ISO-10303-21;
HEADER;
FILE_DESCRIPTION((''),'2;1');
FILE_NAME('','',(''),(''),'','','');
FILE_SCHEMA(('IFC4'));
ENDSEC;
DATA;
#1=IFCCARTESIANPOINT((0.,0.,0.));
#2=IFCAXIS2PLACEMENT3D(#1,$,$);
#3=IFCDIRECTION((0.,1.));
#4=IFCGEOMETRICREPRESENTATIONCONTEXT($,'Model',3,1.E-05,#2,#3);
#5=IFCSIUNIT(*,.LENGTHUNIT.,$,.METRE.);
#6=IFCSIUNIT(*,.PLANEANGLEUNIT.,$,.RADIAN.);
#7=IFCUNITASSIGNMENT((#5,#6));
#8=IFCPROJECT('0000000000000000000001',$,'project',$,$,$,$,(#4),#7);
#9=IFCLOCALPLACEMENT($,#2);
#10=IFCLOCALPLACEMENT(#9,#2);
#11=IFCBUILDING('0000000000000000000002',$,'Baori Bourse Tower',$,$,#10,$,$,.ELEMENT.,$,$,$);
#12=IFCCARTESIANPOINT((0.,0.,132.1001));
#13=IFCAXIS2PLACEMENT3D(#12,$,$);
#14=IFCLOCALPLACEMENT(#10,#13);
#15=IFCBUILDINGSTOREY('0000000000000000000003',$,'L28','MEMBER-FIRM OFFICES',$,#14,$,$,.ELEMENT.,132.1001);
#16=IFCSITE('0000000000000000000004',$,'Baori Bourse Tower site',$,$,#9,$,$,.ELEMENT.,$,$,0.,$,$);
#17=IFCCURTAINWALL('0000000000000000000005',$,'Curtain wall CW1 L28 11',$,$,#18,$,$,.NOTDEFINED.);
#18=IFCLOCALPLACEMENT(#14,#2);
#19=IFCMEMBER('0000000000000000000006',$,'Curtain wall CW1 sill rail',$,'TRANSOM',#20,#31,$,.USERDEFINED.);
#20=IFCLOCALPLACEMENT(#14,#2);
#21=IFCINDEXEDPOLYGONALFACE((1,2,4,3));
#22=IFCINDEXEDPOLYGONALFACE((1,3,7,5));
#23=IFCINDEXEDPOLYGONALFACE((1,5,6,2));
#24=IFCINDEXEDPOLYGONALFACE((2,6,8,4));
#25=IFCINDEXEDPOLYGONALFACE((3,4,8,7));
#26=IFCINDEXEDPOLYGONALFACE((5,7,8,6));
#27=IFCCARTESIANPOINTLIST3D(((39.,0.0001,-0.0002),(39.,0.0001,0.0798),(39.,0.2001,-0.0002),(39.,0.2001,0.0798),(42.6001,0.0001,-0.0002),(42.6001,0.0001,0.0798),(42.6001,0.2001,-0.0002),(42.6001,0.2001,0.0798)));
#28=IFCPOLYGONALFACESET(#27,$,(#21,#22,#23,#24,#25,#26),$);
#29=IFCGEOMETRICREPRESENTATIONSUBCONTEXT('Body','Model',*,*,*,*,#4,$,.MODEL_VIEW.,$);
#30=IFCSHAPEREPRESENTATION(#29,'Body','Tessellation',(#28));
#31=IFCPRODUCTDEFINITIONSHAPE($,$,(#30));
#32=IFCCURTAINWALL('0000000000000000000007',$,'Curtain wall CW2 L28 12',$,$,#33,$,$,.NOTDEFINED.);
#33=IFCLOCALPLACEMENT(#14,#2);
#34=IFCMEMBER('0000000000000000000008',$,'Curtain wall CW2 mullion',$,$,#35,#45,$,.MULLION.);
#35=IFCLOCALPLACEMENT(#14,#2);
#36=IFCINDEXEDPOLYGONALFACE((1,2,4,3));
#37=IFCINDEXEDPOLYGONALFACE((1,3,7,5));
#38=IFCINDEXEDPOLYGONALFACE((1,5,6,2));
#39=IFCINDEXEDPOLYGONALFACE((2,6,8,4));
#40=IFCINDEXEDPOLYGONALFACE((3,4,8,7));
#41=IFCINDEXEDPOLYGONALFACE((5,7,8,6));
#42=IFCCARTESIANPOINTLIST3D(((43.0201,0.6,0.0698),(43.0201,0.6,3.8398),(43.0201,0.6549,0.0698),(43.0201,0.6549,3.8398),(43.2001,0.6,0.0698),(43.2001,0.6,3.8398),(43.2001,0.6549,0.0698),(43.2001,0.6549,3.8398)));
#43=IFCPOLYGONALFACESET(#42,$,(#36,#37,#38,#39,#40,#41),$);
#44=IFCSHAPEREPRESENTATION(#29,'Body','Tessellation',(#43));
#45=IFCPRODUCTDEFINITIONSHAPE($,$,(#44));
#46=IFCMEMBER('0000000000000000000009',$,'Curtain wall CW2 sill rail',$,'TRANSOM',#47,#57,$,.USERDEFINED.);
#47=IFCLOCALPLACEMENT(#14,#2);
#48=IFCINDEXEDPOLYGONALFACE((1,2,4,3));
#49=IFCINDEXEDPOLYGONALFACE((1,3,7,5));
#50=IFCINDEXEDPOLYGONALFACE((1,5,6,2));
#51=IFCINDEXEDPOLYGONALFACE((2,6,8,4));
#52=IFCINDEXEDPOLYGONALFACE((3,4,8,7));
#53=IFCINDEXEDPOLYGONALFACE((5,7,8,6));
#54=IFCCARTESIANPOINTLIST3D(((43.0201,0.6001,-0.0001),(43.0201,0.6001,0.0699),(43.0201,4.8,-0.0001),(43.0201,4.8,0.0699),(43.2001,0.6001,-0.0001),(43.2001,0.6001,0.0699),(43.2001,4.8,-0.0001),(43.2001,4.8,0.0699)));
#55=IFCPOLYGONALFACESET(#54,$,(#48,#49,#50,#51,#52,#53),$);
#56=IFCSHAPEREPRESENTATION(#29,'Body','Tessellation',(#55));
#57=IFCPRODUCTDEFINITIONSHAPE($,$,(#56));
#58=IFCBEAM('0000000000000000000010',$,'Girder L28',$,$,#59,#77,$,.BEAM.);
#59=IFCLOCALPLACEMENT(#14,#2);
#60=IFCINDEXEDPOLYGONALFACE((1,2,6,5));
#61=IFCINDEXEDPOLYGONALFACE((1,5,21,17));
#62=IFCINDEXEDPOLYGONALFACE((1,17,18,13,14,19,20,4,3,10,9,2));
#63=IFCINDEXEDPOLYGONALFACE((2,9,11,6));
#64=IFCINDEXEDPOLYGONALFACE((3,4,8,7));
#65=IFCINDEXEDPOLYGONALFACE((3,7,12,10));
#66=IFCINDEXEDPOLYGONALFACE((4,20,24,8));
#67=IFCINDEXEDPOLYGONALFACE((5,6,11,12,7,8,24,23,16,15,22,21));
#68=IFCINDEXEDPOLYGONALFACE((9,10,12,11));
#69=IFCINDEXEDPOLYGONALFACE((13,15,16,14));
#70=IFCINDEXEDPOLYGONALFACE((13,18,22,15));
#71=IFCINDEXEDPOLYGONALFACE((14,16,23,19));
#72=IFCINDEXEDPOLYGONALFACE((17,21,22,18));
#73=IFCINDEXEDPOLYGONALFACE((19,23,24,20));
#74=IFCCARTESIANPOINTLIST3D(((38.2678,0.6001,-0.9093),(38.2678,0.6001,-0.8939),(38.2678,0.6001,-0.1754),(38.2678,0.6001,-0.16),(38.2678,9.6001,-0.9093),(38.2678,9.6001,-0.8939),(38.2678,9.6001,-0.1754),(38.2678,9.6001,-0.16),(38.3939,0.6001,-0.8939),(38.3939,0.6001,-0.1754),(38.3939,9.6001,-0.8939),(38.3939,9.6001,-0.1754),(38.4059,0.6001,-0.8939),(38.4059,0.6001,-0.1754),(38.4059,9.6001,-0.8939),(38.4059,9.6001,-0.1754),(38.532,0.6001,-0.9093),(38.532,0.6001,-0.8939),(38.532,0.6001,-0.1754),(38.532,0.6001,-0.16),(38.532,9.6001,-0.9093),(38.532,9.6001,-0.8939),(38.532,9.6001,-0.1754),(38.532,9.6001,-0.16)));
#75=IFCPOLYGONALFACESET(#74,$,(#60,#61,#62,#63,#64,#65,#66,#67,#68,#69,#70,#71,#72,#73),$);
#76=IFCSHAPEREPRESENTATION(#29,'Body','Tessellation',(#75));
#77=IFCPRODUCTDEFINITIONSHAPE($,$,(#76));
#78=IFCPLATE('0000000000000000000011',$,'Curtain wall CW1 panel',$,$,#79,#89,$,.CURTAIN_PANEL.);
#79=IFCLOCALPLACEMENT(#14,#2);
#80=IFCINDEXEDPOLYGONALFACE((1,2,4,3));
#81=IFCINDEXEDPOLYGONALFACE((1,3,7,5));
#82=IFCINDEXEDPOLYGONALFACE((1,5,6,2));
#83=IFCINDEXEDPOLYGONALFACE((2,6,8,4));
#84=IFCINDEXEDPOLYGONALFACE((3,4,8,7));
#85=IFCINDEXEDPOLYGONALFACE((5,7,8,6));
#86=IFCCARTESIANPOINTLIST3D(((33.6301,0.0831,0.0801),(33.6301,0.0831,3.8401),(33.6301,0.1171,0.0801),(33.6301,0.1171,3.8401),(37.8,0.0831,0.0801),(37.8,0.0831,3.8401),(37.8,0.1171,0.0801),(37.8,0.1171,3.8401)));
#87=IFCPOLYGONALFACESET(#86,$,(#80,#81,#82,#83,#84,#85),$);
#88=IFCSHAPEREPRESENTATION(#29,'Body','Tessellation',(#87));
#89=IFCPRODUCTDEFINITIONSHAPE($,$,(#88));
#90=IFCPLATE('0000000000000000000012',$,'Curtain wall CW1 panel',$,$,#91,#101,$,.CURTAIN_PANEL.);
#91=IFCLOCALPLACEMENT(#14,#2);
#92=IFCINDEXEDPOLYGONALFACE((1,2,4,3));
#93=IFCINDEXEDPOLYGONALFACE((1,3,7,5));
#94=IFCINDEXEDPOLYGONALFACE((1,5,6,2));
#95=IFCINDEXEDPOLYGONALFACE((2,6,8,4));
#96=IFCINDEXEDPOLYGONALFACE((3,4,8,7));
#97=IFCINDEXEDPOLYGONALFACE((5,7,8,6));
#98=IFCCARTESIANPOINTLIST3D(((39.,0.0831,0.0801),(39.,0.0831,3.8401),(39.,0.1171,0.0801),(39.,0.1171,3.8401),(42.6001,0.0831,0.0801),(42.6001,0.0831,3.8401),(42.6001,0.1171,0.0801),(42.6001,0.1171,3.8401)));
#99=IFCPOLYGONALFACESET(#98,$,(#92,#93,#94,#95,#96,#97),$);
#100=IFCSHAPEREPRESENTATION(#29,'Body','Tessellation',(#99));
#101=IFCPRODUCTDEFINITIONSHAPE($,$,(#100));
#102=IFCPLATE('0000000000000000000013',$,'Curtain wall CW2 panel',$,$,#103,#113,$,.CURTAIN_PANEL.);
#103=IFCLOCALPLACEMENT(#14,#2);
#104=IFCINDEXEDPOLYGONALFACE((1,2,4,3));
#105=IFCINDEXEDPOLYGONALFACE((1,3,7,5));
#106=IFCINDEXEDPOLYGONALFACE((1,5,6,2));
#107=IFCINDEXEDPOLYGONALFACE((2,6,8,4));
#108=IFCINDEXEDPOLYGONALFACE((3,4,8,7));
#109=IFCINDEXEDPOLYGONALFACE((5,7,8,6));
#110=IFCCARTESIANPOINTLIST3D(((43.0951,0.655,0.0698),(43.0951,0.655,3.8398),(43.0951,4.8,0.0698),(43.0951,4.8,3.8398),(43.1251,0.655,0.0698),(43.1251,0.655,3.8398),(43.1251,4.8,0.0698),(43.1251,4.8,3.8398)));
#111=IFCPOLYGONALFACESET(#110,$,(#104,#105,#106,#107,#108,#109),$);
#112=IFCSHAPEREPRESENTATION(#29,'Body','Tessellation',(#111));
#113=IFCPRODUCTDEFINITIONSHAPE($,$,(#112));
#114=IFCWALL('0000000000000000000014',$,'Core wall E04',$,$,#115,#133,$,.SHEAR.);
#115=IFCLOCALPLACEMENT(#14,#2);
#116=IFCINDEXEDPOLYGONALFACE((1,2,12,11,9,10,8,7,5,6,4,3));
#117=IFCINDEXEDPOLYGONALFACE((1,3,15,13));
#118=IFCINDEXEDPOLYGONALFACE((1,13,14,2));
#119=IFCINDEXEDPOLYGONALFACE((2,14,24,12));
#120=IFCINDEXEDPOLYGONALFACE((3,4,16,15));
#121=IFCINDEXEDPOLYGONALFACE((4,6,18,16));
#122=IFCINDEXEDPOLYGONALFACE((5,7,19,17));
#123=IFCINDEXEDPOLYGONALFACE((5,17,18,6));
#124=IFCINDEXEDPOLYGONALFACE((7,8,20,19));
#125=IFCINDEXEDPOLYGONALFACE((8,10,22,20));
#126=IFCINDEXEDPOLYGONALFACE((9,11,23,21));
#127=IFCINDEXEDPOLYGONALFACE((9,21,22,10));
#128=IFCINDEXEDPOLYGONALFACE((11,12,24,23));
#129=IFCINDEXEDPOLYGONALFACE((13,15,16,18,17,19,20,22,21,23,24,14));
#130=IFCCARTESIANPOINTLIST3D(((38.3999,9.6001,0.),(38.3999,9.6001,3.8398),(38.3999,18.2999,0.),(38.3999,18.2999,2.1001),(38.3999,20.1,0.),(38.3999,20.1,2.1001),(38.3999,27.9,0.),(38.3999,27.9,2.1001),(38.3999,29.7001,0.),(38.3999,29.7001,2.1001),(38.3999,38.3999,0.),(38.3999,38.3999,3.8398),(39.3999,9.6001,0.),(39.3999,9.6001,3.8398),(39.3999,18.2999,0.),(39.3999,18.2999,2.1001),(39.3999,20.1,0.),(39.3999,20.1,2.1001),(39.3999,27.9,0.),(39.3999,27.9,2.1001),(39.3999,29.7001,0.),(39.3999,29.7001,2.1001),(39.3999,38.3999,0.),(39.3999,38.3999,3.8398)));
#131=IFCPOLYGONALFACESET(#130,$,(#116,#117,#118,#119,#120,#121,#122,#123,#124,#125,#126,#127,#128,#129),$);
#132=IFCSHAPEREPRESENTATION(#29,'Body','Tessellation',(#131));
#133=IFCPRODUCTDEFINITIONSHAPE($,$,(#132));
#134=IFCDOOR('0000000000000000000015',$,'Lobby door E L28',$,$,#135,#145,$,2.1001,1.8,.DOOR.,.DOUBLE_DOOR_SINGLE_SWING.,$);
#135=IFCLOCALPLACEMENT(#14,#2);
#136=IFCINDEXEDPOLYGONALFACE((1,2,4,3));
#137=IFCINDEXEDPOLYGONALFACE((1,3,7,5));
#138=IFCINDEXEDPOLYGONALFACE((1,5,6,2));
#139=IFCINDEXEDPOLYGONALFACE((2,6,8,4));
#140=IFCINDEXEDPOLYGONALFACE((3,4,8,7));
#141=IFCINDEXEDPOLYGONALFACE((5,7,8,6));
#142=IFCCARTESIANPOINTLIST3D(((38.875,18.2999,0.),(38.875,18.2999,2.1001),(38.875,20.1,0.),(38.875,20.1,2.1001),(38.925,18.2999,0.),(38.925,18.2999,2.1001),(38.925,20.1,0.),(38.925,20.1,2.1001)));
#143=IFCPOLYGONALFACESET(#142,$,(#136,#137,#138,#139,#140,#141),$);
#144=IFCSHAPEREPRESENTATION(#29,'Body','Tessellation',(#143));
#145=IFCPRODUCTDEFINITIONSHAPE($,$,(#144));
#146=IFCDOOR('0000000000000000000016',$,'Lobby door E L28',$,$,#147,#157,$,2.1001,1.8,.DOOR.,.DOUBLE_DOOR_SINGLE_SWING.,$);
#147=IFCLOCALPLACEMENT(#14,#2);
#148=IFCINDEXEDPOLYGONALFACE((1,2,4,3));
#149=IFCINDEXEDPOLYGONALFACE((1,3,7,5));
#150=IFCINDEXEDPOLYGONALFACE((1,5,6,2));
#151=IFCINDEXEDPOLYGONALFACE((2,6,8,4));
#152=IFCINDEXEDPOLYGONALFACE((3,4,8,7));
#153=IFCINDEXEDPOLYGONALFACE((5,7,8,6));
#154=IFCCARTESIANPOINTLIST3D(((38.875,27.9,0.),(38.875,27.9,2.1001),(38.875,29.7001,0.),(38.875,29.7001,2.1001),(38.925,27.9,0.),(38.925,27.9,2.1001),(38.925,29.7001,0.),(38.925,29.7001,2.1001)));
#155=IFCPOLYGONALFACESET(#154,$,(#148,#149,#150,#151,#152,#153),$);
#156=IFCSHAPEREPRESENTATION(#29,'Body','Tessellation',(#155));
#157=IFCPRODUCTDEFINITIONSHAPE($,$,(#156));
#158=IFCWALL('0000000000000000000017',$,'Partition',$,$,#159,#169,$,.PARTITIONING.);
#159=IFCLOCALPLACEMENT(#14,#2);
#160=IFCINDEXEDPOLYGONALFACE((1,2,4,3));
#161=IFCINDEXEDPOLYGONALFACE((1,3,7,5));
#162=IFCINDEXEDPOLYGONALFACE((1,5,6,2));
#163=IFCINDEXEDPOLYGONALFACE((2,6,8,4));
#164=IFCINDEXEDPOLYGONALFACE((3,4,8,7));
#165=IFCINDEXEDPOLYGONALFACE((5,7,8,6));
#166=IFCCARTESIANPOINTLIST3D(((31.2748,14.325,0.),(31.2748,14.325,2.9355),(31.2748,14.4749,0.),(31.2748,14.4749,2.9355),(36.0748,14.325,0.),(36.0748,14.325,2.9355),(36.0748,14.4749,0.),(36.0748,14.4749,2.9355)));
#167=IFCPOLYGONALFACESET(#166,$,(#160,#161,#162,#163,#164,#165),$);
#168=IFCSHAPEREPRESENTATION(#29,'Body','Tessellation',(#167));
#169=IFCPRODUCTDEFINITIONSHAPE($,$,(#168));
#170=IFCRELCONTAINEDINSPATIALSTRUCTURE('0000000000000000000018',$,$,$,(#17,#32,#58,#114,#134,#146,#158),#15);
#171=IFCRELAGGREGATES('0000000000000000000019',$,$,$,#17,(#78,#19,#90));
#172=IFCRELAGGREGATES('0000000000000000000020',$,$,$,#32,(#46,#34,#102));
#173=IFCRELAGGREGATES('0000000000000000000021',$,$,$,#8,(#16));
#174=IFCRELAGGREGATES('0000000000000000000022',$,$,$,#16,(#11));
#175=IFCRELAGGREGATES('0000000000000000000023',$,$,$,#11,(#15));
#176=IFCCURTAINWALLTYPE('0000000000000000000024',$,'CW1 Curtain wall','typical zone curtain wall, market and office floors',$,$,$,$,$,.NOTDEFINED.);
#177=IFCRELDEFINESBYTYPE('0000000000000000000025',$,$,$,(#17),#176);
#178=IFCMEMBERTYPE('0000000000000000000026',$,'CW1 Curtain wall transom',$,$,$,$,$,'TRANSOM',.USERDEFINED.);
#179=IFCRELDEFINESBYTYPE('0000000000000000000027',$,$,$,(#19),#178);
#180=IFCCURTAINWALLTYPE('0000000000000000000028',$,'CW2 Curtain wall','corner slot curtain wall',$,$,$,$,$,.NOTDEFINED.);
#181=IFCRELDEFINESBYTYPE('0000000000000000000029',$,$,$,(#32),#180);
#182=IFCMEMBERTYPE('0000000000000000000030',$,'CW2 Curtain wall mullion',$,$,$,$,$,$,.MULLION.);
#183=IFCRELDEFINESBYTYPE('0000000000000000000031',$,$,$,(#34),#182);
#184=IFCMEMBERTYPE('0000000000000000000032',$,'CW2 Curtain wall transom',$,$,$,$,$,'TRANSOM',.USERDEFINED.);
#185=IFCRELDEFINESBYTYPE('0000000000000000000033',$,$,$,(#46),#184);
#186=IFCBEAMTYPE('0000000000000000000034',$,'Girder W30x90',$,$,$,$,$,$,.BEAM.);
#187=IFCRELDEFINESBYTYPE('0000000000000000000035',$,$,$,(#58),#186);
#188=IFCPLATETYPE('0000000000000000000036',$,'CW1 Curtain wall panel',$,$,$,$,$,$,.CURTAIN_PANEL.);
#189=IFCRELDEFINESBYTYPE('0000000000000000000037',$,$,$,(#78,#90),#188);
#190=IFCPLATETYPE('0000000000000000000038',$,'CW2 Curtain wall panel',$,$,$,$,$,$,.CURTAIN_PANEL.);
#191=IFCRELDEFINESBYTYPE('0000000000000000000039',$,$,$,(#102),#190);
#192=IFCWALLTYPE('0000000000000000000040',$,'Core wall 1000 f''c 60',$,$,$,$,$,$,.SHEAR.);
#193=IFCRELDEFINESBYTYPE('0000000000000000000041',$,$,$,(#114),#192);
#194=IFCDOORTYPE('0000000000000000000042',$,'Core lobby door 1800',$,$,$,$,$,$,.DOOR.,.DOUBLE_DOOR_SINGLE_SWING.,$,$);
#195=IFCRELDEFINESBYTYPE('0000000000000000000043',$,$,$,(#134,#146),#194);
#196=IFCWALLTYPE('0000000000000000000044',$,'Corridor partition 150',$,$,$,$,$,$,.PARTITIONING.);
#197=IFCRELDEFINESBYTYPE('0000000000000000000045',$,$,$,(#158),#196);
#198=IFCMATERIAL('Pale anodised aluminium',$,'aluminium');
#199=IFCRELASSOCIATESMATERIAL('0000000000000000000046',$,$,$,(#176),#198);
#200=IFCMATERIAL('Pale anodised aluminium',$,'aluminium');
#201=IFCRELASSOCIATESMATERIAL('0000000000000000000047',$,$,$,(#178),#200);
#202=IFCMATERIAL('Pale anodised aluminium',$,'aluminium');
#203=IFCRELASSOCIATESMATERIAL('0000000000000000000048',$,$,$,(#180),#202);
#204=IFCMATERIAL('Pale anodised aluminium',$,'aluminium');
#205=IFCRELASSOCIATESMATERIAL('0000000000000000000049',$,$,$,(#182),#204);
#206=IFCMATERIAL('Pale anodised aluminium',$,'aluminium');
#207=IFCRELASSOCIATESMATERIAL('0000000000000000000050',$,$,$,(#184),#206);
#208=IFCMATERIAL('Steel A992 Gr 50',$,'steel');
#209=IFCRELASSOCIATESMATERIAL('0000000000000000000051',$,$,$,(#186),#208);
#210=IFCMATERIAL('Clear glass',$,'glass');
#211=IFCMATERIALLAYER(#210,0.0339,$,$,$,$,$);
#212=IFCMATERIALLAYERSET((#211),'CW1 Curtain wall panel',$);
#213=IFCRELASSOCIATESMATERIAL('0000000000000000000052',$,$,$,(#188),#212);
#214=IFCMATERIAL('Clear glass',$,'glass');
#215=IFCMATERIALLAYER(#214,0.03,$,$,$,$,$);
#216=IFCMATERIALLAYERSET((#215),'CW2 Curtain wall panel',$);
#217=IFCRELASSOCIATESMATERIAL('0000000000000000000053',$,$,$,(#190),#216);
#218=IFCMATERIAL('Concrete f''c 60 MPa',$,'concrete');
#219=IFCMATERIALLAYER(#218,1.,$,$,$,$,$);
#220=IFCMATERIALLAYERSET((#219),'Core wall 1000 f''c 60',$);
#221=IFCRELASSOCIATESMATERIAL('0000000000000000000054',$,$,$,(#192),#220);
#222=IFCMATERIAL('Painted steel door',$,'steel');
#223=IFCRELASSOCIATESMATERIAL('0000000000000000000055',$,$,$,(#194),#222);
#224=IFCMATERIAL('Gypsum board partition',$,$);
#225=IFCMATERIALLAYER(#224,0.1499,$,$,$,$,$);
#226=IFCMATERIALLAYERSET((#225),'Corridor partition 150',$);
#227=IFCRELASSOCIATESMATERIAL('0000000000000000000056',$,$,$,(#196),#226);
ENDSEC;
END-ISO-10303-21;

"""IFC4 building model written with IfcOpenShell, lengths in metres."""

from ifc_helpers import new_model, si_unit, direction, frame, frame_2d, origin, origin_2d, place, context, subcontext, project, spatial, rectangle, i_section, extrude, material, layer, layer_set, material_profile, profile_set, type_object, element, fill, aggregate, save


model = new_model("IFC4")

# Units and contexts
model_context = context("Model", 3, precision=1e-05, world=origin(), true_north=direction((0.0, 1.0)))
body_context = subcontext(model_context, "Body", "Model", "MODEL_VIEW")
ifc_project = project(units=[si_unit("LENGTHUNIT", "METRE"), si_unit("PLANEANGLEUNIT", "RADIAN")], contexts=[model_context])

# Site, building, storey
site_placement = place(None, origin())
site = spatial("IfcSite", under=ifc_project, at=site_placement, Name="Baori Bourse Tower site", CompositionType="ELEMENT", RefElevation=0.0)
building_placement = place(site_placement, origin())
building = spatial("IfcBuilding", under=site, at=building_placement, Name="Baori Bourse Tower", CompositionType="ELEMENT")
storey_placement = place(building_placement, frame((0.0, 0.0, 132.1001)))
storey = spatial("IfcBuildingStorey", under=building, at=storey_placement, Name="L28", Description="MEMBER-FIRM OFFICES", CompositionType="ELEMENT", Elevation=132.1001)

# Curtain wall, member
ifc_material_1 = material(Name="Pale anodised aluminium", Category="aluminium")
curtain_wall_type_1 = type_object("IfcCurtainWallType", Name="CW1 Curtain wall", Description="typical zone curtain wall, market and office floors", PredefinedType="NOTDEFINED", material=ifc_material_1)
curtain_wall_1_placement = place(storey_placement, origin())
curtain_wall_1 = element("IfcCurtainWall", 1, at=curtain_wall_1_placement, inside=storey, type_object=curtain_wall_type_1, Name="Curtain wall CW1 L28 11", PredefinedType="NOTDEFINED")
ifc_material_2 = material(Name="Pale anodised aluminium", Category="aluminium")
ifc_material_profile_1 = material_profile(ifc_material_2, rectangle(XDim=0.2, YDim=0.0801, at=origin_2d()), Name="Transom 80x200")
ifc_profile_set_1 = profile_set([ifc_material_profile_1], Name="Pale anodised aluminium")
member_type_1 = type_object("IfcMemberType", Name="CW1 Curtain wall transom", ElementType="TRANSOM", PredefinedType="USERDEFINED", material=ifc_profile_set_1)
member_1_placement = place(storey_placement, frame((39.0, 0.1001, 0.0398), z_axis=(1.0, 0.0, 0.0), x_axis=(0.0, 1.0, 0.0)))
member_1 = element("IfcMember", 2, at=member_1_placement, type_object=member_type_1, Name="Curtain wall CW1 sill rail", ObjectType="TRANSOM", PredefinedType="USERDEFINED", context=body_context, shape_type="SweptSolid", body=[
    extrude(rectangle(XDim=0.2, YDim=0.0801, at=origin_2d()), origin(), (0.0, 0.0, 1.0), 3.6001),
])

# Curtain wall, members
ifc_material_3 = material(Name="Pale anodised aluminium", Category="aluminium")
curtain_wall_type_2 = type_object("IfcCurtainWallType", Name="CW2 Curtain wall", Description="corner slot curtain wall", PredefinedType="NOTDEFINED", material=ifc_material_3)
curtain_wall_2_placement = place(storey_placement, origin())
curtain_wall_2 = element("IfcCurtainWall", 3, at=curtain_wall_2_placement, inside=storey, type_object=curtain_wall_type_2, Name="Curtain wall CW2 L28 12", PredefinedType="NOTDEFINED")
ifc_material_4 = material(Name="Pale anodised aluminium", Category="aluminium")
ifc_material_profile_2 = material_profile(ifc_material_4, rectangle(XDim=0.1799, YDim=0.0549, at=origin_2d()), Name="Mullion 55x180")
ifc_profile_set_2 = profile_set([ifc_material_profile_2], Name="Pale anodised aluminium")
member_type_2 = type_object("IfcMemberType", Name="CW2 Curtain wall mullion", PredefinedType="MULLION", material=ifc_profile_set_2)
member_2_placement = place(storey_placement, frame((43.1101, 0.6274, 0.0698), z_axis=(0.0, 0.0, 1.0), x_axis=(-1.0, 0.0, 0.0)))
member_2 = element("IfcMember", 4, at=member_2_placement, type_object=member_type_2, Name="Curtain wall CW2 mullion", PredefinedType="MULLION", context=body_context, shape_type="SweptSolid", body=[
    extrude(rectangle(XDim=0.1799, YDim=0.0549, at=origin_2d()), origin(), (0.0, 0.0, 1.0), 3.77),
])
ifc_material_5 = material(Name="Pale anodised aluminium", Category="aluminium")
ifc_material_profile_3 = material_profile(ifc_material_5, rectangle(XDim=0.1799, YDim=0.0701, at=origin_2d()), Name="Transom 70x180")
ifc_profile_set_3 = profile_set([ifc_material_profile_3], Name="Pale anodised aluminium")
member_type_3 = type_object("IfcMemberType", Name="CW2 Curtain wall transom", ElementType="TRANSOM", PredefinedType="USERDEFINED", material=ifc_profile_set_3)
member_3_placement = place(storey_placement, frame((43.1101, 0.6001, 0.0349), z_axis=(0.0, 1.0, 0.0), x_axis=(-1.0, 0.0, 0.0)))
member_3 = element("IfcMember", 5, at=member_3_placement, type_object=member_type_3, Name="Curtain wall CW2 sill rail", ObjectType="TRANSOM", PredefinedType="USERDEFINED", context=body_context, shape_type="SweptSolid", body=[
    extrude(rectangle(XDim=0.1799, YDim=0.0701, at=origin_2d()), origin(), (0.0, 0.0, 1.0), 4.2),
])

# Beam
ifc_material_6 = material(Name="Steel A992 Gr 50", Category="steel")
ifc_material_profile_4 = material_profile(ifc_material_6, i_section(OverallWidth=0.2642, OverallDepth=0.7493, WebThickness=0.012, FlangeThickness=0.0154, at=origin_2d()), Name="W30x90")
ifc_profile_set_4 = profile_set([ifc_material_profile_4], Name="Steel A992 Gr 50")
beam_type = type_object("IfcBeamType", Name="Girder W30x90", PredefinedType="BEAM", material=ifc_profile_set_4)
beam_placement = place(storey_placement, frame((38.3999, 0.6001, -0.5347), z_axis=(0.0, 1.0, 0.0), x_axis=(-1.0, 0.0, 0.0)))
element("IfcBeam", 6, at=beam_placement, inside=storey, type_object=beam_type, Name="Girder L28", PredefinedType="BEAM", context=body_context, shape_type="SweptSolid", body=[
    extrude(i_section(OverallWidth=0.2642, OverallDepth=0.7493, WebThickness=0.012, FlangeThickness=0.0154, at=origin_2d()), origin(), (0.0, 0.0, 1.0), 9.0),
])

# Plates
ifc_material_7 = material(Name="Clear glass", Category="glass")
ifc_layer_1 = layer(ifc_material_7, 0.0339)
ifc_layer_set_1 = layer_set([ifc_layer_1], Name="CW1 Curtain wall panel")
plate_type_1 = type_object("IfcPlateType", Name="CW1 Curtain wall panel", PredefinedType="CURTAIN_PANEL", material=ifc_layer_set_1)
plate_1_placement = place(storey_placement, frame((35.7151, 0.1001, 0.0801), z_axis=(0.0, 0.0, 1.0), x_axis=(1.0, 0.0, 0.0)))
plate_1 = element("IfcPlate", 7, at=plate_1_placement, type_object=plate_type_1, Name="Curtain wall CW1 panel", PredefinedType="CURTAIN_PANEL", context=body_context, shape_type="SweptSolid", body=[
    extrude(rectangle(XDim=4.1699, YDim=0.0339, at=origin_2d()), origin(), (0.0, 0.0, 1.0), 3.76),
])
plate_2_placement = place(storey_placement, frame((40.8, 0.1001, 0.0801), z_axis=(0.0, 0.0, 1.0), x_axis=(1.0, 0.0, 0.0)))
plate_2 = element("IfcPlate", 8, at=plate_2_placement, type_object=plate_type_1, Name="Curtain wall CW1 panel", PredefinedType="CURTAIN_PANEL", context=body_context, shape_type="SweptSolid", body=[
    extrude(rectangle(XDim=3.6001, YDim=0.0339, at=origin_2d()), origin(), (0.0, 0.0, 1.0), 3.76),
])
aggregate(curtain_wall_1, [plate_1, member_1, plate_2])
ifc_material_8 = material(Name="Clear glass", Category="glass")
ifc_layer_2 = layer(ifc_material_8, 0.03)
ifc_layer_set_2 = layer_set([ifc_layer_2], Name="CW2 Curtain wall panel")
plate_type_2 = type_object("IfcPlateType", Name="CW2 Curtain wall panel", PredefinedType="CURTAIN_PANEL", material=ifc_layer_set_2)
plate_3_placement = place(storey_placement, frame((43.1101, 2.7275, 0.0698), z_axis=(0.0, 0.0, 1.0), x_axis=(0.0, 1.0, 0.0)))
plate_3 = element("IfcPlate", 9, at=plate_3_placement, type_object=plate_type_2, Name="Curtain wall CW2 panel", PredefinedType="CURTAIN_PANEL", context=body_context, shape_type="SweptSolid", body=[
    extrude(rectangle(XDim=4.145, YDim=0.03, at=origin_2d()), origin(), (0.0, 0.0, 1.0), 3.77),
])
aggregate(curtain_wall_2, [member_3, member_2, plate_3])

# Wall, openings, doors
ifc_material_9 = material(Name="Concrete f'c 60 MPa", Category="concrete")
ifc_layer_3 = layer(ifc_material_9, 1.0)
ifc_layer_set_3 = layer_set([ifc_layer_3], Name="Core wall 1000 f'c 60")
wall_type_1 = type_object("IfcWallType", Name="Core wall 1000 f'c 60", PredefinedType="SHEAR", material=ifc_layer_set_3)
wall_1_placement = place(storey_placement, frame((38.8999, 9.6001, 0.0), z_axis=(0.0, 0.0, 1.0), x_axis=(0.0, 1.0, 0.0)))
wall_1 = element("IfcWall", 10, at=wall_1_placement, inside=storey, type_object=wall_type_1, Name="Core wall E04", PredefinedType="SHEAR", context=body_context, shape_type="SweptSolid", body=[
    extrude(rectangle(XDim=28.7998, YDim=1.0, at=frame_2d((14.3999, 0.0))), origin(), (0.0, 0.0, 1.0), 3.8398),
])
opening_1_placement = place(wall_1_placement, frame((8.7, 0.0, 0.0)))
opening_1 = element("IfcOpeningElement", 11, at=opening_1_placement, cuts=wall_1, PredefinedType="OPENING", context=body_context, shape_type="SweptSolid", body=[
    extrude(rectangle(XDim=1.8, YDim=2.1001, at=frame_2d((0.8999, 1.05))), frame((0.0, 0.51, 0.0), z_axis=(0.0, -1.0, 0.0), x_axis=(1.0, 0.0, 0.0)), (0.0, 0.0, 1.0), 1.02),
])
opening_2_placement = place(wall_1_placement, frame((18.3, 0.0, 0.0)))
opening_2 = element("IfcOpeningElement", 12, at=opening_2_placement, cuts=wall_1, PredefinedType="OPENING", context=body_context, shape_type="SweptSolid", body=[
    extrude(rectangle(XDim=1.8, YDim=2.1001, at=frame_2d((0.8999, 1.05))), frame((0.0, 0.51, 0.0), z_axis=(0.0, -1.0, 0.0), x_axis=(1.0, 0.0, 0.0)), (0.0, 0.0, 1.0), 1.02),
])
ifc_material_10 = material(Name="Painted steel door", Category="steel")
door_type_1 = type_object("IfcDoorType", Name="Core lobby door 1800", OperationType="DOUBLE_DOOR_SINGLE_SWING", PredefinedType="DOOR", material=ifc_material_10)
door_1_placement = place(opening_1_placement, origin())
door_1 = element("IfcDoor", 13, at=door_1_placement, inside=storey, type_object=door_type_1, Name="Lobby door E L28", OperationType="DOUBLE_DOOR_SINGLE_SWING", OverallHeight=2.1001, OverallWidth=1.8, PredefinedType="DOOR", context=body_context, shape_type="SweptSolid", body=[
    extrude(rectangle(XDim=1.8, YDim=2.1001, at=frame_2d((0.8999, 1.05))), frame((0.0, 0.0249, 0.0), z_axis=(0.0, -1.0, 0.0), x_axis=(1.0, 0.0, 0.0)), (0.0, 0.0, 1.0), 0.05),
])
fill(opening_1, door_1)
door_2_placement = place(opening_2_placement, origin())
door_2 = element("IfcDoor", 14, at=door_2_placement, inside=storey, type_object=door_type_1, Name="Lobby door E L28", OperationType="DOUBLE_DOOR_SINGLE_SWING", OverallHeight=2.1001, OverallWidth=1.8, PredefinedType="DOOR", context=body_context, shape_type="SweptSolid", body=[
    extrude(rectangle(XDim=1.8, YDim=2.1001, at=frame_2d((0.8999, 1.05))), frame((0.0, 0.0249, 0.0), z_axis=(0.0, -1.0, 0.0), x_axis=(1.0, 0.0, 0.0)), (0.0, 0.0, 1.0), 0.05),
])
fill(opening_2, door_2)

# Wall
ifc_material_11 = material(Name="Gypsum board partition")
ifc_layer_4 = layer(ifc_material_11, 0.1499)
ifc_layer_set_4 = layer_set([ifc_layer_4], Name="Corridor partition 150")
wall_type_2 = type_object("IfcWallType", Name="Corridor partition 150", PredefinedType="PARTITIONING", material=ifc_layer_set_4)
wall_2_placement = place(storey_placement, frame((31.2749, 14.3999, 0.0), z_axis=(0.0, 0.0, 1.0), x_axis=(1.0, 0.0, 0.0)))
element("IfcWall", 15, at=wall_2_placement, inside=storey, type_object=wall_type_2, Name="Partition", PredefinedType="PARTITIONING", context=body_context, shape_type="SweptSolid", body=[
    extrude(rectangle(XDim=4.8, YDim=0.1499, at=frame_2d((2.3999, 0.0))), origin(), (0.0, 0.0, 1.0), 2.9355),
])

save(model, "model.ifc")
